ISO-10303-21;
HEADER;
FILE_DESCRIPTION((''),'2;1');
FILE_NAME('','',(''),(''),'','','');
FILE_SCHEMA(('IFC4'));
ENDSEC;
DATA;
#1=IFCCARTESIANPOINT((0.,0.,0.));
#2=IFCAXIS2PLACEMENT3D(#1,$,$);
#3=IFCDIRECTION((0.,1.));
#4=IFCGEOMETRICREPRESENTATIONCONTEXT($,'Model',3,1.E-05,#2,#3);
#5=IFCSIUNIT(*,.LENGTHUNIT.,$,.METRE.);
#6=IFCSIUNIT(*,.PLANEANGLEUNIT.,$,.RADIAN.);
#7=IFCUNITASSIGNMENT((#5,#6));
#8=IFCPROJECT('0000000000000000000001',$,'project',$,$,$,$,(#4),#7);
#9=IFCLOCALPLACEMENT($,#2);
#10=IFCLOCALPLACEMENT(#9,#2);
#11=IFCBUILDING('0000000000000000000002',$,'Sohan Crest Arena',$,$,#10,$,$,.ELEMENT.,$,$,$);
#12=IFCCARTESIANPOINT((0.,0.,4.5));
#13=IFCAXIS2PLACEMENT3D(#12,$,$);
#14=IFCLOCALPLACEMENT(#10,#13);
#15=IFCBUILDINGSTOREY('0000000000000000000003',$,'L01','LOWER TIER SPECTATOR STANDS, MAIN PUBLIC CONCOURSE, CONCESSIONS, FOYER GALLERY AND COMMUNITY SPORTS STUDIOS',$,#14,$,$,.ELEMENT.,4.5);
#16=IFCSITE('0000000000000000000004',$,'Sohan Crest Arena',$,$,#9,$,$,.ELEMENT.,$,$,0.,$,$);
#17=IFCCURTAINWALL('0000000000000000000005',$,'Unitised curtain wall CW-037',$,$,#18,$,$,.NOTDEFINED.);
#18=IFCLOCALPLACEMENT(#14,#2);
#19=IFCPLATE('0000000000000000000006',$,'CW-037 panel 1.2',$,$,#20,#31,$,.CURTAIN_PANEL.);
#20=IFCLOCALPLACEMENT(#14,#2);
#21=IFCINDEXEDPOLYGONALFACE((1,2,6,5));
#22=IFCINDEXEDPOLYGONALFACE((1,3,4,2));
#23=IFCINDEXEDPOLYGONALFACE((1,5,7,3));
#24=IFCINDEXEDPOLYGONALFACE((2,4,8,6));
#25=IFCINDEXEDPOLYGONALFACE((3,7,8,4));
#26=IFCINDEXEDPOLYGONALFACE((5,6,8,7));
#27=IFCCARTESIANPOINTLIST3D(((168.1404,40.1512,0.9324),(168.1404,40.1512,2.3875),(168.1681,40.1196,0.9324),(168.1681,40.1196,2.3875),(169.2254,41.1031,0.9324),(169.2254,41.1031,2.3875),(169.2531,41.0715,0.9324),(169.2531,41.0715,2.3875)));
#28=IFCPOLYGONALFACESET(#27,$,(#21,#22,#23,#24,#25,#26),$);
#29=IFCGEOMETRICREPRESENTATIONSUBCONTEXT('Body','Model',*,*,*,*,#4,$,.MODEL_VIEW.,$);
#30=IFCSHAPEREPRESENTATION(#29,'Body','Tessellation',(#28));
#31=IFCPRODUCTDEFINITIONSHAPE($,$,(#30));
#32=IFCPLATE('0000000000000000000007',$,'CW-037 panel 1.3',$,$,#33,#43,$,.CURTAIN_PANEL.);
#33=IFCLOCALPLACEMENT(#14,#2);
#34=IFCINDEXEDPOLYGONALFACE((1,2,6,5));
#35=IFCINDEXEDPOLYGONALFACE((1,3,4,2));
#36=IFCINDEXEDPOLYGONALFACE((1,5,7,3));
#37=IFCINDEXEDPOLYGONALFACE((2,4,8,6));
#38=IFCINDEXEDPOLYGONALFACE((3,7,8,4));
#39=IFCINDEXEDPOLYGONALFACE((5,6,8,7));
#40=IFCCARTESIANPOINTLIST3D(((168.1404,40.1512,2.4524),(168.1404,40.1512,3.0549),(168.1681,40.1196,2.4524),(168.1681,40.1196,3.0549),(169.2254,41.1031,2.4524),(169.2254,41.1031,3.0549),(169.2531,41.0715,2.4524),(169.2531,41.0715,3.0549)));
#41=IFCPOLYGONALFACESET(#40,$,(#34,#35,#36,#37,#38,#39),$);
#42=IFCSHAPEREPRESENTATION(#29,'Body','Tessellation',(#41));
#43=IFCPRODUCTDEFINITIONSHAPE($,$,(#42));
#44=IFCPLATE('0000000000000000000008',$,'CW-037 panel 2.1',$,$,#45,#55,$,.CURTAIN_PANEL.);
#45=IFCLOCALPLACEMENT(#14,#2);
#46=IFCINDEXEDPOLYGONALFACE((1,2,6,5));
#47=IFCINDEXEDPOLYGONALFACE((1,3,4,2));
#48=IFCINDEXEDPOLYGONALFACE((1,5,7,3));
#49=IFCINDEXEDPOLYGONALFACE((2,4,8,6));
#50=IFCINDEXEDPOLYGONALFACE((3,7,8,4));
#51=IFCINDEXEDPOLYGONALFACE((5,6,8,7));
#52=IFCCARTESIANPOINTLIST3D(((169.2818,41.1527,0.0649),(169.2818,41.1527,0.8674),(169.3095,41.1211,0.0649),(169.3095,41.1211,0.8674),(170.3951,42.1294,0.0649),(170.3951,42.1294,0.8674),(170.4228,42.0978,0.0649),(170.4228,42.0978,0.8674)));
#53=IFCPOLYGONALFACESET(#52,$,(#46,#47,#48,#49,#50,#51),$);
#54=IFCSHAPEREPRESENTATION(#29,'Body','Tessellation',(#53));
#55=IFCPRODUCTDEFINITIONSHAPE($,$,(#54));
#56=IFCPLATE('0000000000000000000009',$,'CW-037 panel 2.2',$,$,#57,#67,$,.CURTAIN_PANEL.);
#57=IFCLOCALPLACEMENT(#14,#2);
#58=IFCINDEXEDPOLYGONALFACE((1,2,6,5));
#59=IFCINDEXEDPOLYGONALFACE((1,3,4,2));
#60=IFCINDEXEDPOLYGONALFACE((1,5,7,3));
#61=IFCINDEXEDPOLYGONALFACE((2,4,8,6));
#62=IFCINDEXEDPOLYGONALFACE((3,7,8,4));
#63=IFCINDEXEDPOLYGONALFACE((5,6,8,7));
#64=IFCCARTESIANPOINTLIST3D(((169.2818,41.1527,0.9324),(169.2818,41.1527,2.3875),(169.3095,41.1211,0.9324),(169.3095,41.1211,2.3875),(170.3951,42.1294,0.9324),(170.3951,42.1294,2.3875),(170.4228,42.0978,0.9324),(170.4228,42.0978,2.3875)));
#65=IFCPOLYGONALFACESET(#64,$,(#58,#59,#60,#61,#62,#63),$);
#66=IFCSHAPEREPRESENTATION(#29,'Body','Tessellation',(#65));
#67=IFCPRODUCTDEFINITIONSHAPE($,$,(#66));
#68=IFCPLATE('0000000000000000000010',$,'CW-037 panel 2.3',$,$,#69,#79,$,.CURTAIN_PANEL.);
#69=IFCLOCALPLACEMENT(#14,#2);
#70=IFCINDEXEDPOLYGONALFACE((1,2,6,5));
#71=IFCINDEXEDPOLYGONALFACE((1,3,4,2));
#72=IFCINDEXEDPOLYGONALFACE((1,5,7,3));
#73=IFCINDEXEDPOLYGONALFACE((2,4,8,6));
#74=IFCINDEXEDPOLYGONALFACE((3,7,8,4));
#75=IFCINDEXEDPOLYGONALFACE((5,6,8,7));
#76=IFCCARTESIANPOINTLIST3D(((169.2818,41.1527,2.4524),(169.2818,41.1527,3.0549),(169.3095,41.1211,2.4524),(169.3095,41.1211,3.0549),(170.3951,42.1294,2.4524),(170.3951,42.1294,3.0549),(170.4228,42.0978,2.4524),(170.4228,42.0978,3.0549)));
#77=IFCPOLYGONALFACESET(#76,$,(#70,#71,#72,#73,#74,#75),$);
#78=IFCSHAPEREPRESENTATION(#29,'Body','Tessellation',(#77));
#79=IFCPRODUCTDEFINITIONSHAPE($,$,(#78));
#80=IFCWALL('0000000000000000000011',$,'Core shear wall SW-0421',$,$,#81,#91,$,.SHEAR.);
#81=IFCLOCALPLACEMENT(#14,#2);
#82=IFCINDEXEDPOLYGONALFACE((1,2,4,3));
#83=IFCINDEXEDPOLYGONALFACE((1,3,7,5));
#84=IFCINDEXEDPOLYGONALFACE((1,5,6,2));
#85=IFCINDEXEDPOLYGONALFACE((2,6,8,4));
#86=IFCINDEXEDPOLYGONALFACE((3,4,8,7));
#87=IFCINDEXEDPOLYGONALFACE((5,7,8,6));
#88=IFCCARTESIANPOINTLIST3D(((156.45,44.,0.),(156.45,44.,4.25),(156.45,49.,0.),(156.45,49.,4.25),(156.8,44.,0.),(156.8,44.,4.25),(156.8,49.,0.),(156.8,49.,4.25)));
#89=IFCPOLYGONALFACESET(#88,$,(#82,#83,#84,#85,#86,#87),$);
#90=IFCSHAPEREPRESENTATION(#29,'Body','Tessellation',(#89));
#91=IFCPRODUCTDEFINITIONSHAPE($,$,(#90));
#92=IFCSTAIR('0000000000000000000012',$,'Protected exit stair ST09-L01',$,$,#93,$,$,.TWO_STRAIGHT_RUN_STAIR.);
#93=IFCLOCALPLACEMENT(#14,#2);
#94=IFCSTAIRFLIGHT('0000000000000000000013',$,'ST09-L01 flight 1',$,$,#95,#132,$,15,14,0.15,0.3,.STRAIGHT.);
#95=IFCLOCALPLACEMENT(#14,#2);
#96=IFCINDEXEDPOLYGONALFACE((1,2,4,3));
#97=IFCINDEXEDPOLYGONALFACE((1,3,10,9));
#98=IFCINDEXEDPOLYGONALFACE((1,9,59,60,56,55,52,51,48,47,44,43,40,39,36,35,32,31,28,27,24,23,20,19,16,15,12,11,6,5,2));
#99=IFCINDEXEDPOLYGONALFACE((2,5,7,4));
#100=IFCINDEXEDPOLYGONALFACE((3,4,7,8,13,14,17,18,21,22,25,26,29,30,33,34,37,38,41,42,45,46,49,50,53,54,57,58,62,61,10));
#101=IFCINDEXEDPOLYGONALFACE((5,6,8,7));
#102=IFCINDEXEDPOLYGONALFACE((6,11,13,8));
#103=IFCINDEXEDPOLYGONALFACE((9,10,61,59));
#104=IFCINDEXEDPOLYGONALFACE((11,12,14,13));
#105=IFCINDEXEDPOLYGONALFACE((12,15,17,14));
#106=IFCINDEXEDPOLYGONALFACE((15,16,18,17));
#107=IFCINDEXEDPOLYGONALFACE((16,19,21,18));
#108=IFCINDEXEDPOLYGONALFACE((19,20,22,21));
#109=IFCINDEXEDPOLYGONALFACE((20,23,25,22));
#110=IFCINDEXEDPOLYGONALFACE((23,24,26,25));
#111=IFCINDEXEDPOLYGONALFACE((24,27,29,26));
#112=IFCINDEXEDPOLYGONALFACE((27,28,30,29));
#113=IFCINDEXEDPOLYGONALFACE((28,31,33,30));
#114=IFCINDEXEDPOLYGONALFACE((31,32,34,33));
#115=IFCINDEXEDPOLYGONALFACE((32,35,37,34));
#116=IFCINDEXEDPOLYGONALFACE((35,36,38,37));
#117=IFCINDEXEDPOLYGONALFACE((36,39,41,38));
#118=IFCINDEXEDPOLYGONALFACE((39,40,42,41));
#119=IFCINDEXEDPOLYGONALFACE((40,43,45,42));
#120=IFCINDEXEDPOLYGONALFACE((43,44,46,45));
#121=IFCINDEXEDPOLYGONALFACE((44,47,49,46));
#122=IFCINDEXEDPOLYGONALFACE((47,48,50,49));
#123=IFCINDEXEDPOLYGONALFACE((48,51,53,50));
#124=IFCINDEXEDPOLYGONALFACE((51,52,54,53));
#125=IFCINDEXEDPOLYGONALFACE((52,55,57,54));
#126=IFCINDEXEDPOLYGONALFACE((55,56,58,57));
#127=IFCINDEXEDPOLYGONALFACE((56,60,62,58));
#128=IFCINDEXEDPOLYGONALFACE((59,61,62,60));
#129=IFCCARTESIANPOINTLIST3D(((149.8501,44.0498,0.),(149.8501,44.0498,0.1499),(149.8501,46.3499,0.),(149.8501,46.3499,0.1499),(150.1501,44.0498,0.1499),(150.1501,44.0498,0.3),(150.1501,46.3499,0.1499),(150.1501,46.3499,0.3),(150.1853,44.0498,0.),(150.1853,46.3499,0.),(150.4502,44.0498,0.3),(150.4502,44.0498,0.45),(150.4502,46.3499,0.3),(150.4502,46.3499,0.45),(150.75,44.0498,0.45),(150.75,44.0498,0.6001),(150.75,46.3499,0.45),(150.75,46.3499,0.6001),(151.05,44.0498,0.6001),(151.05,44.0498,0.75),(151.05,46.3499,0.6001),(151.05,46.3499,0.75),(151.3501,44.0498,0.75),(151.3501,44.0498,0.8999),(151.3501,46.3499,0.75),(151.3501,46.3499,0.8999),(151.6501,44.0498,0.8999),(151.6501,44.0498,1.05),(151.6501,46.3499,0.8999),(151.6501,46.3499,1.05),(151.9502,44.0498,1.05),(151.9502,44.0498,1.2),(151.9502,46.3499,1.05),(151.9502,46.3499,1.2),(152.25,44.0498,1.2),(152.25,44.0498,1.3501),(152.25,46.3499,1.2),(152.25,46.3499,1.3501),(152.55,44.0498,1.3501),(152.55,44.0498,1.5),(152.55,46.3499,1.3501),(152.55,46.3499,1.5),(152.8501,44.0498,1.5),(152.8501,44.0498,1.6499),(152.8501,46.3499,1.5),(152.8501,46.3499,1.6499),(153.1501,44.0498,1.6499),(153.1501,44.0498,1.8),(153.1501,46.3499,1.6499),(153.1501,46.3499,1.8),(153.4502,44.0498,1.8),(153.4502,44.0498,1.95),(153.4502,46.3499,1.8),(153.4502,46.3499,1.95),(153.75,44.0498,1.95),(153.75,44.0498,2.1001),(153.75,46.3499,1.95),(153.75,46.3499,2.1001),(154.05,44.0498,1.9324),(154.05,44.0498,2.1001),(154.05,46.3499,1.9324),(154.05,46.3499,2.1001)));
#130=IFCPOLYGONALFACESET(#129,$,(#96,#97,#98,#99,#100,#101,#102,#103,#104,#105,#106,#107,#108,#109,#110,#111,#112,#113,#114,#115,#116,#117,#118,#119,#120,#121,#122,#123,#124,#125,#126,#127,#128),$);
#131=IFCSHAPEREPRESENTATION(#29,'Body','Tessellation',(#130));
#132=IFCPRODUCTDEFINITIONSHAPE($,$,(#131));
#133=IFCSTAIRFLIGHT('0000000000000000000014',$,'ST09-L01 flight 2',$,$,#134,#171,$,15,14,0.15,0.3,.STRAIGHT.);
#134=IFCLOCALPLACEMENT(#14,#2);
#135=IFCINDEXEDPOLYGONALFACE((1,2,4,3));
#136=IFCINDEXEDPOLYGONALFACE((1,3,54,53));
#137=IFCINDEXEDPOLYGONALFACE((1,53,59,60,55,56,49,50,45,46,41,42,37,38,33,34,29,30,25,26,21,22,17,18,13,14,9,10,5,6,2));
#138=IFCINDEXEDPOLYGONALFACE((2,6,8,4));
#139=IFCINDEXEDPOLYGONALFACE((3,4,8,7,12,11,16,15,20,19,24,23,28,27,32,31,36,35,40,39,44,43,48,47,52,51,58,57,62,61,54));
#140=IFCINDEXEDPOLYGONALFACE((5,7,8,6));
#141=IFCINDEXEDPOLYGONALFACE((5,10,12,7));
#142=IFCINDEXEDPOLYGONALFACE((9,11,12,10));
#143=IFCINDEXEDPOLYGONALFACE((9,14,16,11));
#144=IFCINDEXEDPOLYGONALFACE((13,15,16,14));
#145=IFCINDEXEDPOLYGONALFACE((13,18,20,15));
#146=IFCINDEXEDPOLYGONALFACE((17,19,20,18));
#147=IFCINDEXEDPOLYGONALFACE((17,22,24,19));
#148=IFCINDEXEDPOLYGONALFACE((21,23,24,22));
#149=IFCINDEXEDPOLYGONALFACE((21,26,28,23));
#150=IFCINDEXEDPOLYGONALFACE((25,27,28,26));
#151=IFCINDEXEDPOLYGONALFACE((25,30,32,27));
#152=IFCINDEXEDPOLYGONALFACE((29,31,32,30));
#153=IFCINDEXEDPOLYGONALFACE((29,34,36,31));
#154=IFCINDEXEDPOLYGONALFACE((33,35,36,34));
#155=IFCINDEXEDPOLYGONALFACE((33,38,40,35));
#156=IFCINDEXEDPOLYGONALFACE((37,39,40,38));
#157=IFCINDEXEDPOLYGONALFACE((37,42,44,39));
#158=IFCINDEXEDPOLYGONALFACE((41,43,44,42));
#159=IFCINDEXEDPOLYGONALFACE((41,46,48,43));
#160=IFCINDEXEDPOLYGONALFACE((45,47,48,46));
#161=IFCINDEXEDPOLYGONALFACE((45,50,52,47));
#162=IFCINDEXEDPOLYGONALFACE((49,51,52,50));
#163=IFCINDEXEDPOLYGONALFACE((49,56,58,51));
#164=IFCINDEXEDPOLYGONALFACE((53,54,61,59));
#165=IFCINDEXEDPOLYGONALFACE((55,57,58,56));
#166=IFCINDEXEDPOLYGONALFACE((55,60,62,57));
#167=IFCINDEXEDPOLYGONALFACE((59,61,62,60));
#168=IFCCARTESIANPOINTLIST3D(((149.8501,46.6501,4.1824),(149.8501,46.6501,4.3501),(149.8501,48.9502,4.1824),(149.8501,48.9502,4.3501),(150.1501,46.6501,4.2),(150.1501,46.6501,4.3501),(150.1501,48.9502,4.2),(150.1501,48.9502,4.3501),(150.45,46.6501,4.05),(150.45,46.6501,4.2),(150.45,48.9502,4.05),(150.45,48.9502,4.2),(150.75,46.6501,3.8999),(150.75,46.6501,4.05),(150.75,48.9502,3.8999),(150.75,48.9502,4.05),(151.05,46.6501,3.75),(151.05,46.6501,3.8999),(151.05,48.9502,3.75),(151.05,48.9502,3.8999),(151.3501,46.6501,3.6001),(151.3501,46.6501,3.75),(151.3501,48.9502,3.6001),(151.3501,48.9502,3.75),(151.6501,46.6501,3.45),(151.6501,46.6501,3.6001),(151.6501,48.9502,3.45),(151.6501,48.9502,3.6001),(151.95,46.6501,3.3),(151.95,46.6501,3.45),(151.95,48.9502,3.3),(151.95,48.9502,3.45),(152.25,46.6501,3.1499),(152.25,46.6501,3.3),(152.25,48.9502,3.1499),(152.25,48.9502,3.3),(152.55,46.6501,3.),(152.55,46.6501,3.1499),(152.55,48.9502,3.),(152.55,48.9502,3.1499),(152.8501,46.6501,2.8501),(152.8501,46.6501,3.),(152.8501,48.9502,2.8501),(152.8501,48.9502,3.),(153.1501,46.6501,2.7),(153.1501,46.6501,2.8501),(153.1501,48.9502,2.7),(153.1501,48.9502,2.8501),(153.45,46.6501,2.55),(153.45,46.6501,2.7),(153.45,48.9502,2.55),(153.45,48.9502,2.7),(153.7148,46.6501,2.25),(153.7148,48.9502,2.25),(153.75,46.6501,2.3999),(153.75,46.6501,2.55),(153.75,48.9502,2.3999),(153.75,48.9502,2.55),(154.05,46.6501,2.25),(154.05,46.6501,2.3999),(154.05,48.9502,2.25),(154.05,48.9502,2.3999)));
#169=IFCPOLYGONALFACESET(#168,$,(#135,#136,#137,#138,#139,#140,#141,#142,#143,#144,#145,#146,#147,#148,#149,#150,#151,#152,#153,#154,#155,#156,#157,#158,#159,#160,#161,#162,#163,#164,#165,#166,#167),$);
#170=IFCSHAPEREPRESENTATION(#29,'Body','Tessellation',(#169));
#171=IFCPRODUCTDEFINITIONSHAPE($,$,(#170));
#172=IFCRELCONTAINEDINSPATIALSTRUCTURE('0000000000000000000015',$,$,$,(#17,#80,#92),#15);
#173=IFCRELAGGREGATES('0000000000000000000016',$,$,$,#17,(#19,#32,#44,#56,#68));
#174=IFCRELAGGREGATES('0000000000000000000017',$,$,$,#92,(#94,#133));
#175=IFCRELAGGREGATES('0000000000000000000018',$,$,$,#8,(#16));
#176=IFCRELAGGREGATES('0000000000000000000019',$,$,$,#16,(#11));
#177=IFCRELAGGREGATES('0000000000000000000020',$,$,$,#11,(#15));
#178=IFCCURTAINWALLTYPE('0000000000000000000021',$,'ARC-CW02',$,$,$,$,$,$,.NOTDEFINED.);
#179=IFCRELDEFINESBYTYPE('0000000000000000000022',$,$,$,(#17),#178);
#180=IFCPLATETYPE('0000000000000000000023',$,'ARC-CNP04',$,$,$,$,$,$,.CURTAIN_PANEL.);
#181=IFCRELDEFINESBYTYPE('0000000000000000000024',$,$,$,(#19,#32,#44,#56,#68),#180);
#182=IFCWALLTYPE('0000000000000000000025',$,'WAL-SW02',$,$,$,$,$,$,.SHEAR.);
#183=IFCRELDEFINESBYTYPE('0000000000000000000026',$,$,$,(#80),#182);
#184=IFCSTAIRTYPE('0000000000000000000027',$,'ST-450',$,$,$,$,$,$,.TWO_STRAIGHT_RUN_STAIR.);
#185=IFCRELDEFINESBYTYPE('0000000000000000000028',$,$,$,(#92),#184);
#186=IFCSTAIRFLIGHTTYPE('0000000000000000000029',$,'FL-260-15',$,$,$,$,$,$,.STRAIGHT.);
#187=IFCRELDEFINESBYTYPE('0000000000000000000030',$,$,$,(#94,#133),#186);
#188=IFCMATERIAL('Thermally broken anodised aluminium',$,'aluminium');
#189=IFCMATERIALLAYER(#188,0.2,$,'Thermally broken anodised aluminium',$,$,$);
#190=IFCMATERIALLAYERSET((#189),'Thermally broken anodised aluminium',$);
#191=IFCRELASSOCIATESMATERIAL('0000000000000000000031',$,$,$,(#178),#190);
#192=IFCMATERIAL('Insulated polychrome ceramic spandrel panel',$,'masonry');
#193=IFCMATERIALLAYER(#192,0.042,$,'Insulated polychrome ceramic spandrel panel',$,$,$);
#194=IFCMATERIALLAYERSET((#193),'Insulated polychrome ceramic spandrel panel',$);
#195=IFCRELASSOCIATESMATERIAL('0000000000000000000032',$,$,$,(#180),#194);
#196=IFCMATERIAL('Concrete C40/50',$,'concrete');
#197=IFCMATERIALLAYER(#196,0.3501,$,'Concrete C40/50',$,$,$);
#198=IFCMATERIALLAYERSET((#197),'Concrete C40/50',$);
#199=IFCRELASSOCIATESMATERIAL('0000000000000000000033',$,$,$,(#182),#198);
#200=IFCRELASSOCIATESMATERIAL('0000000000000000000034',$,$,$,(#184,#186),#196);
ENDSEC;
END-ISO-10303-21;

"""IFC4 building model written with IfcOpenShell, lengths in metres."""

from ifc_helpers import new_model, si_unit, direction, frame, frame_2d, origin, origin_2d, place, context, subcontext, project, spatial, polyline, rectangle, outline, extrude, material, layer, layer_set, type_object, element, aggregate, save


model = new_model("IFC4")

# Units and contexts
model_context = context("Model", 3, precision=1e-05, world=origin(), true_north=direction((0.0, 1.0)))
body_context = subcontext(model_context, "Body", "Model", "MODEL_VIEW")
ifc_project = project(units=[si_unit("LENGTHUNIT", "METRE"), si_unit("PLANEANGLEUNIT", "RADIAN")], contexts=[model_context])

# Site, building, storey
site_placement = place(None, origin())
site = spatial("IfcSite", under=ifc_project, at=site_placement, Name="Sohan Crest Arena", CompositionType="ELEMENT", RefElevation=0.0)
building_placement = place(site_placement, origin())
building = spatial("IfcBuilding", under=site, at=building_placement, Name="Sohan Crest Arena", CompositionType="ELEMENT")
storey_placement = place(building_placement, frame((0.0, 0.0, 4.5)))
storey = spatial("IfcBuildingStorey", under=building, at=storey_placement, Name="L01", Description="LOWER TIER SPECTATOR STANDS, MAIN PUBLIC CONCOURSE, CONCESSIONS, FOYER GALLERY AND COMMUNITY SPORTS STUDIOS", CompositionType="ELEMENT", Elevation=4.5)

# Shared definitions
ifc_material_1 = material(Name="Thermally broken anodised aluminium", Category="aluminium")

# Curtain wall
ifc_layer_1 = layer(ifc_material_1, 0.2, Name="Thermally broken anodised aluminium")
ifc_layer_set_1 = layer_set([ifc_layer_1], Name="Thermally broken anodised aluminium")
curtain_wall_type_1 = type_object("IfcCurtainWallType", Name="ARC-CW02", PredefinedType="NOTDEFINED", material=ifc_layer_set_1)
curtain_wall_1_placement = place(storey_placement, origin())
curtain_wall_1 = element("IfcCurtainWall", 1, at=curtain_wall_1_placement, inside=storey, type_object=curtain_wall_type_1, Name="Unitised curtain wall CW-037", PredefinedType="NOTDEFINED")

# Plates
ifc_material_2 = material(Name="Insulated polychrome ceramic spandrel panel", Category="masonry")
ifc_layer_2 = layer(ifc_material_2, 0.042, Name="Insulated polychrome ceramic spandrel panel")
ifc_layer_set_2 = layer_set([ifc_layer_2], Name="Insulated polychrome ceramic spandrel panel")
plate_type_1 = type_object("IfcPlateType", Name="ARC-CNP04", PredefinedType="CURTAIN_PANEL", material=ifc_layer_set_2)
plate_1_placement = place(storey_placement, frame((168.6968, 40.6113, 0.9324), z_axis=(0.0, 0.0, 1.0), x_axis=(0.751694, 0.659512, 0.0)))
plate_1 = element("IfcPlate", 2, at=plate_1_placement, type_object=plate_type_1, Name="CW-037 panel 1.2", PredefinedType="CURTAIN_PANEL", context=body_context, shape_type="SweptSolid", body=[
    extrude(rectangle(XDim=1.4434, YDim=0.042, at=origin_2d()), origin(), (0.0, 0.0, 1.0), 1.4551),
])
plate_2_placement = place(storey_placement, frame((168.6968, 40.6113, 2.4524), z_axis=(0.0, 0.0, 1.0), x_axis=(0.751694, 0.659512, 0.0)))
plate_2 = element("IfcPlate", 3, at=plate_2_placement, type_object=plate_type_1, Name="CW-037 panel 1.3", PredefinedType="CURTAIN_PANEL", context=body_context, shape_type="SweptSolid", body=[
    extrude(rectangle(XDim=1.4434, YDim=0.042, at=origin_2d()), origin(), (0.0, 0.0, 1.0), 0.6025),
])
plate_3_placement = place(storey_placement, frame((169.8523, 41.6252, 0.0649), z_axis=(0.0, 0.0, 1.0), x_axis=(0.751694, 0.659512, 0.0)))
plate_3 = element("IfcPlate", 4, at=plate_3_placement, type_object=plate_type_1, Name="CW-037 panel 2.1", PredefinedType="CURTAIN_PANEL", context=body_context, shape_type="SweptSolid", body=[
    extrude(rectangle(XDim=1.481, YDim=0.042, at=origin_2d()), origin(), (0.0, 0.0, 1.0), 0.8025),
])
plate_4_placement = place(storey_placement, frame((169.8523, 41.6252, 0.9324), z_axis=(0.0, 0.0, 1.0), x_axis=(0.751694, 0.659512, 0.0)))
plate_4 = element("IfcPlate", 5, at=plate_4_placement, type_object=plate_type_1, Name="CW-037 panel 2.2", PredefinedType="CURTAIN_PANEL", context=body_context, shape_type="SweptSolid", body=[
    extrude(rectangle(XDim=1.481, YDim=0.042, at=origin_2d()), origin(), (0.0, 0.0, 1.0), 1.4551),
])
plate_5_placement = place(storey_placement, frame((169.8523, 41.6252, 2.4524), z_axis=(0.0, 0.0, 1.0), x_axis=(0.751694, 0.659512, 0.0)))
plate_5 = element("IfcPlate", 6, at=plate_5_placement, type_object=plate_type_1, Name="CW-037 panel 2.3", PredefinedType="CURTAIN_PANEL", context=body_context, shape_type="SweptSolid", body=[
    extrude(rectangle(XDim=1.481, YDim=0.042, at=origin_2d()), origin(), (0.0, 0.0, 1.0), 0.6025),
])
aggregate(curtain_wall_1, [plate_1, plate_2, plate_3, plate_4, plate_5])

# Wall
ifc_material_3 = material(Name="Concrete C40/50", Category="concrete")
ifc_layer_3 = layer(ifc_material_3, 0.3501, Name="Concrete C40/50")
ifc_layer_set_3 = layer_set([ifc_layer_3], Name="Concrete C40/50")
wall_type = type_object("IfcWallType", Name="WAL-SW02", PredefinedType="SHEAR", material=ifc_layer_set_3)
wall_placement = place(storey_placement, frame((156.625, 44.0, 0.0), z_axis=(0.0, 0.0, 1.0), x_axis=(0.0, 1.0, 0.0)))
element("IfcWall", 7, at=wall_placement, inside=storey, type_object=wall_type, Name="Core shear wall SW-0421", PredefinedType="SHEAR", context=body_context, shape_type="SweptSolid", body=[
    extrude(rectangle(XDim=5.0, YDim=0.3501, at=frame_2d((2.5, 0.0))), origin(), (0.0, 0.0, 1.0), 4.25),
])

# Stair, stair flights
stair_type = type_object("IfcStairType", Name="ST-450", PredefinedType="TWO_STRAIGHT_RUN_STAIR", material=ifc_material_3)
stair_placement = place(storey_placement, origin())
stair = element("IfcStair", 8, at=stair_placement, inside=storey, type_object=stair_type, Name="Protected exit stair ST09-L01", PredefinedType="TWO_STRAIGHT_RUN_STAIR")
stair_flight_type = type_object("IfcStairFlightType", Name="FL-260-15", PredefinedType="STRAIGHT", material=ifc_material_3)
stair_flight_1_placement = place(storey_placement, frame((149.8501, 45.2, 0.0), z_axis=(0.0, 0.0, 1.0), x_axis=(1.0, 0.0, 0.0)))
stair_flight_1 = element("IfcStairFlight", 9, at=stair_flight_1_placement, type_object=stair_flight_type, Name="ST09-L01 flight 1", NumberOfRisers=15, NumberOfTreads=14, PredefinedType="STRAIGHT", RiserHeight=0.15, TreadLength=0.3, context=body_context, shape_type="SweptSolid", body=[
    extrude(outline(polyline([(0.0, 0.0), (0.0, 0.1499), (0.3, 0.1499), (0.3, 0.3), (0.6001, 0.3), (0.6001, 0.45), (0.8999, 0.45), (0.8999, 0.6001), (1.2, 0.6001), (1.2, 0.75), (1.5, 0.75), (1.5, 0.8999), (1.8, 0.8999), (1.8, 1.05), (2.1001, 1.05), (2.1001, 1.2), (2.3999, 1.2), (2.3999, 1.3501), (2.7, 1.3501), (2.7, 1.5), (3.0, 1.5), (3.0, 1.6499), (3.3, 1.6499), (3.3, 1.8), (3.6001, 1.8), (3.6001, 1.95), (3.8999, 1.95), (3.8999, 2.1001), (4.2, 2.1001), (4.2, 2.25), (4.2, 1.9324), (0.3352, 0.0), (0.0, 0.0)])), frame((0.0, 1.1499, 0.0), z_axis=(0.0, -1.0, 0.0), x_axis=(1.0, 0.0, 0.0)), (0.0, 0.0, 1.0), 2.3),
])
stair_flight_2_placement = place(storey_placement, frame((154.05, 47.8, 2.25), z_axis=(0.0, 0.0, 1.0), x_axis=(-1.0, 0.0, 0.0)))
stair_flight_2 = element("IfcStairFlight", 10, at=stair_flight_2_placement, type_object=stair_flight_type, Name="ST09-L01 flight 2", NumberOfRisers=15, NumberOfTreads=14, PredefinedType="STRAIGHT", RiserHeight=0.15, TreadLength=0.3, context=body_context, shape_type="SweptSolid", body=[
    extrude(outline(polyline([(0.0, 0.0), (0.0, 0.1499), (0.3, 0.1499), (0.3, 0.3), (0.6001, 0.3), (0.6001, 0.45), (0.8999, 0.45), (0.8999, 0.6001), (1.2, 0.6001), (1.2, 0.75), (1.5, 0.75), (1.5, 0.8999), (1.8, 0.8999), (1.8, 1.05), (2.1001, 1.05), (2.1001, 1.2), (2.3999, 1.2), (2.3999, 1.3501), (2.7, 1.3501), (2.7, 1.5), (3.0, 1.5), (3.0, 1.6499), (3.3, 1.6499), (3.3, 1.8), (3.6001, 1.8), (3.6001, 1.95), (3.8999, 1.95), (3.8999, 2.1001), (4.2, 2.1001), (4.2, 2.25), (4.2, 1.9324), (0.3352, 0.0), (0.0, 0.0)])), frame((0.0, 1.1499, 0.0), z_axis=(0.0, -1.0, 0.0), x_axis=(1.0, 0.0, 0.0)), (0.0, 0.0, 1.0), 2.3),
])
aggregate(stair, [stair_flight_1, stair_flight_2])

save(model, "model.ifc")
